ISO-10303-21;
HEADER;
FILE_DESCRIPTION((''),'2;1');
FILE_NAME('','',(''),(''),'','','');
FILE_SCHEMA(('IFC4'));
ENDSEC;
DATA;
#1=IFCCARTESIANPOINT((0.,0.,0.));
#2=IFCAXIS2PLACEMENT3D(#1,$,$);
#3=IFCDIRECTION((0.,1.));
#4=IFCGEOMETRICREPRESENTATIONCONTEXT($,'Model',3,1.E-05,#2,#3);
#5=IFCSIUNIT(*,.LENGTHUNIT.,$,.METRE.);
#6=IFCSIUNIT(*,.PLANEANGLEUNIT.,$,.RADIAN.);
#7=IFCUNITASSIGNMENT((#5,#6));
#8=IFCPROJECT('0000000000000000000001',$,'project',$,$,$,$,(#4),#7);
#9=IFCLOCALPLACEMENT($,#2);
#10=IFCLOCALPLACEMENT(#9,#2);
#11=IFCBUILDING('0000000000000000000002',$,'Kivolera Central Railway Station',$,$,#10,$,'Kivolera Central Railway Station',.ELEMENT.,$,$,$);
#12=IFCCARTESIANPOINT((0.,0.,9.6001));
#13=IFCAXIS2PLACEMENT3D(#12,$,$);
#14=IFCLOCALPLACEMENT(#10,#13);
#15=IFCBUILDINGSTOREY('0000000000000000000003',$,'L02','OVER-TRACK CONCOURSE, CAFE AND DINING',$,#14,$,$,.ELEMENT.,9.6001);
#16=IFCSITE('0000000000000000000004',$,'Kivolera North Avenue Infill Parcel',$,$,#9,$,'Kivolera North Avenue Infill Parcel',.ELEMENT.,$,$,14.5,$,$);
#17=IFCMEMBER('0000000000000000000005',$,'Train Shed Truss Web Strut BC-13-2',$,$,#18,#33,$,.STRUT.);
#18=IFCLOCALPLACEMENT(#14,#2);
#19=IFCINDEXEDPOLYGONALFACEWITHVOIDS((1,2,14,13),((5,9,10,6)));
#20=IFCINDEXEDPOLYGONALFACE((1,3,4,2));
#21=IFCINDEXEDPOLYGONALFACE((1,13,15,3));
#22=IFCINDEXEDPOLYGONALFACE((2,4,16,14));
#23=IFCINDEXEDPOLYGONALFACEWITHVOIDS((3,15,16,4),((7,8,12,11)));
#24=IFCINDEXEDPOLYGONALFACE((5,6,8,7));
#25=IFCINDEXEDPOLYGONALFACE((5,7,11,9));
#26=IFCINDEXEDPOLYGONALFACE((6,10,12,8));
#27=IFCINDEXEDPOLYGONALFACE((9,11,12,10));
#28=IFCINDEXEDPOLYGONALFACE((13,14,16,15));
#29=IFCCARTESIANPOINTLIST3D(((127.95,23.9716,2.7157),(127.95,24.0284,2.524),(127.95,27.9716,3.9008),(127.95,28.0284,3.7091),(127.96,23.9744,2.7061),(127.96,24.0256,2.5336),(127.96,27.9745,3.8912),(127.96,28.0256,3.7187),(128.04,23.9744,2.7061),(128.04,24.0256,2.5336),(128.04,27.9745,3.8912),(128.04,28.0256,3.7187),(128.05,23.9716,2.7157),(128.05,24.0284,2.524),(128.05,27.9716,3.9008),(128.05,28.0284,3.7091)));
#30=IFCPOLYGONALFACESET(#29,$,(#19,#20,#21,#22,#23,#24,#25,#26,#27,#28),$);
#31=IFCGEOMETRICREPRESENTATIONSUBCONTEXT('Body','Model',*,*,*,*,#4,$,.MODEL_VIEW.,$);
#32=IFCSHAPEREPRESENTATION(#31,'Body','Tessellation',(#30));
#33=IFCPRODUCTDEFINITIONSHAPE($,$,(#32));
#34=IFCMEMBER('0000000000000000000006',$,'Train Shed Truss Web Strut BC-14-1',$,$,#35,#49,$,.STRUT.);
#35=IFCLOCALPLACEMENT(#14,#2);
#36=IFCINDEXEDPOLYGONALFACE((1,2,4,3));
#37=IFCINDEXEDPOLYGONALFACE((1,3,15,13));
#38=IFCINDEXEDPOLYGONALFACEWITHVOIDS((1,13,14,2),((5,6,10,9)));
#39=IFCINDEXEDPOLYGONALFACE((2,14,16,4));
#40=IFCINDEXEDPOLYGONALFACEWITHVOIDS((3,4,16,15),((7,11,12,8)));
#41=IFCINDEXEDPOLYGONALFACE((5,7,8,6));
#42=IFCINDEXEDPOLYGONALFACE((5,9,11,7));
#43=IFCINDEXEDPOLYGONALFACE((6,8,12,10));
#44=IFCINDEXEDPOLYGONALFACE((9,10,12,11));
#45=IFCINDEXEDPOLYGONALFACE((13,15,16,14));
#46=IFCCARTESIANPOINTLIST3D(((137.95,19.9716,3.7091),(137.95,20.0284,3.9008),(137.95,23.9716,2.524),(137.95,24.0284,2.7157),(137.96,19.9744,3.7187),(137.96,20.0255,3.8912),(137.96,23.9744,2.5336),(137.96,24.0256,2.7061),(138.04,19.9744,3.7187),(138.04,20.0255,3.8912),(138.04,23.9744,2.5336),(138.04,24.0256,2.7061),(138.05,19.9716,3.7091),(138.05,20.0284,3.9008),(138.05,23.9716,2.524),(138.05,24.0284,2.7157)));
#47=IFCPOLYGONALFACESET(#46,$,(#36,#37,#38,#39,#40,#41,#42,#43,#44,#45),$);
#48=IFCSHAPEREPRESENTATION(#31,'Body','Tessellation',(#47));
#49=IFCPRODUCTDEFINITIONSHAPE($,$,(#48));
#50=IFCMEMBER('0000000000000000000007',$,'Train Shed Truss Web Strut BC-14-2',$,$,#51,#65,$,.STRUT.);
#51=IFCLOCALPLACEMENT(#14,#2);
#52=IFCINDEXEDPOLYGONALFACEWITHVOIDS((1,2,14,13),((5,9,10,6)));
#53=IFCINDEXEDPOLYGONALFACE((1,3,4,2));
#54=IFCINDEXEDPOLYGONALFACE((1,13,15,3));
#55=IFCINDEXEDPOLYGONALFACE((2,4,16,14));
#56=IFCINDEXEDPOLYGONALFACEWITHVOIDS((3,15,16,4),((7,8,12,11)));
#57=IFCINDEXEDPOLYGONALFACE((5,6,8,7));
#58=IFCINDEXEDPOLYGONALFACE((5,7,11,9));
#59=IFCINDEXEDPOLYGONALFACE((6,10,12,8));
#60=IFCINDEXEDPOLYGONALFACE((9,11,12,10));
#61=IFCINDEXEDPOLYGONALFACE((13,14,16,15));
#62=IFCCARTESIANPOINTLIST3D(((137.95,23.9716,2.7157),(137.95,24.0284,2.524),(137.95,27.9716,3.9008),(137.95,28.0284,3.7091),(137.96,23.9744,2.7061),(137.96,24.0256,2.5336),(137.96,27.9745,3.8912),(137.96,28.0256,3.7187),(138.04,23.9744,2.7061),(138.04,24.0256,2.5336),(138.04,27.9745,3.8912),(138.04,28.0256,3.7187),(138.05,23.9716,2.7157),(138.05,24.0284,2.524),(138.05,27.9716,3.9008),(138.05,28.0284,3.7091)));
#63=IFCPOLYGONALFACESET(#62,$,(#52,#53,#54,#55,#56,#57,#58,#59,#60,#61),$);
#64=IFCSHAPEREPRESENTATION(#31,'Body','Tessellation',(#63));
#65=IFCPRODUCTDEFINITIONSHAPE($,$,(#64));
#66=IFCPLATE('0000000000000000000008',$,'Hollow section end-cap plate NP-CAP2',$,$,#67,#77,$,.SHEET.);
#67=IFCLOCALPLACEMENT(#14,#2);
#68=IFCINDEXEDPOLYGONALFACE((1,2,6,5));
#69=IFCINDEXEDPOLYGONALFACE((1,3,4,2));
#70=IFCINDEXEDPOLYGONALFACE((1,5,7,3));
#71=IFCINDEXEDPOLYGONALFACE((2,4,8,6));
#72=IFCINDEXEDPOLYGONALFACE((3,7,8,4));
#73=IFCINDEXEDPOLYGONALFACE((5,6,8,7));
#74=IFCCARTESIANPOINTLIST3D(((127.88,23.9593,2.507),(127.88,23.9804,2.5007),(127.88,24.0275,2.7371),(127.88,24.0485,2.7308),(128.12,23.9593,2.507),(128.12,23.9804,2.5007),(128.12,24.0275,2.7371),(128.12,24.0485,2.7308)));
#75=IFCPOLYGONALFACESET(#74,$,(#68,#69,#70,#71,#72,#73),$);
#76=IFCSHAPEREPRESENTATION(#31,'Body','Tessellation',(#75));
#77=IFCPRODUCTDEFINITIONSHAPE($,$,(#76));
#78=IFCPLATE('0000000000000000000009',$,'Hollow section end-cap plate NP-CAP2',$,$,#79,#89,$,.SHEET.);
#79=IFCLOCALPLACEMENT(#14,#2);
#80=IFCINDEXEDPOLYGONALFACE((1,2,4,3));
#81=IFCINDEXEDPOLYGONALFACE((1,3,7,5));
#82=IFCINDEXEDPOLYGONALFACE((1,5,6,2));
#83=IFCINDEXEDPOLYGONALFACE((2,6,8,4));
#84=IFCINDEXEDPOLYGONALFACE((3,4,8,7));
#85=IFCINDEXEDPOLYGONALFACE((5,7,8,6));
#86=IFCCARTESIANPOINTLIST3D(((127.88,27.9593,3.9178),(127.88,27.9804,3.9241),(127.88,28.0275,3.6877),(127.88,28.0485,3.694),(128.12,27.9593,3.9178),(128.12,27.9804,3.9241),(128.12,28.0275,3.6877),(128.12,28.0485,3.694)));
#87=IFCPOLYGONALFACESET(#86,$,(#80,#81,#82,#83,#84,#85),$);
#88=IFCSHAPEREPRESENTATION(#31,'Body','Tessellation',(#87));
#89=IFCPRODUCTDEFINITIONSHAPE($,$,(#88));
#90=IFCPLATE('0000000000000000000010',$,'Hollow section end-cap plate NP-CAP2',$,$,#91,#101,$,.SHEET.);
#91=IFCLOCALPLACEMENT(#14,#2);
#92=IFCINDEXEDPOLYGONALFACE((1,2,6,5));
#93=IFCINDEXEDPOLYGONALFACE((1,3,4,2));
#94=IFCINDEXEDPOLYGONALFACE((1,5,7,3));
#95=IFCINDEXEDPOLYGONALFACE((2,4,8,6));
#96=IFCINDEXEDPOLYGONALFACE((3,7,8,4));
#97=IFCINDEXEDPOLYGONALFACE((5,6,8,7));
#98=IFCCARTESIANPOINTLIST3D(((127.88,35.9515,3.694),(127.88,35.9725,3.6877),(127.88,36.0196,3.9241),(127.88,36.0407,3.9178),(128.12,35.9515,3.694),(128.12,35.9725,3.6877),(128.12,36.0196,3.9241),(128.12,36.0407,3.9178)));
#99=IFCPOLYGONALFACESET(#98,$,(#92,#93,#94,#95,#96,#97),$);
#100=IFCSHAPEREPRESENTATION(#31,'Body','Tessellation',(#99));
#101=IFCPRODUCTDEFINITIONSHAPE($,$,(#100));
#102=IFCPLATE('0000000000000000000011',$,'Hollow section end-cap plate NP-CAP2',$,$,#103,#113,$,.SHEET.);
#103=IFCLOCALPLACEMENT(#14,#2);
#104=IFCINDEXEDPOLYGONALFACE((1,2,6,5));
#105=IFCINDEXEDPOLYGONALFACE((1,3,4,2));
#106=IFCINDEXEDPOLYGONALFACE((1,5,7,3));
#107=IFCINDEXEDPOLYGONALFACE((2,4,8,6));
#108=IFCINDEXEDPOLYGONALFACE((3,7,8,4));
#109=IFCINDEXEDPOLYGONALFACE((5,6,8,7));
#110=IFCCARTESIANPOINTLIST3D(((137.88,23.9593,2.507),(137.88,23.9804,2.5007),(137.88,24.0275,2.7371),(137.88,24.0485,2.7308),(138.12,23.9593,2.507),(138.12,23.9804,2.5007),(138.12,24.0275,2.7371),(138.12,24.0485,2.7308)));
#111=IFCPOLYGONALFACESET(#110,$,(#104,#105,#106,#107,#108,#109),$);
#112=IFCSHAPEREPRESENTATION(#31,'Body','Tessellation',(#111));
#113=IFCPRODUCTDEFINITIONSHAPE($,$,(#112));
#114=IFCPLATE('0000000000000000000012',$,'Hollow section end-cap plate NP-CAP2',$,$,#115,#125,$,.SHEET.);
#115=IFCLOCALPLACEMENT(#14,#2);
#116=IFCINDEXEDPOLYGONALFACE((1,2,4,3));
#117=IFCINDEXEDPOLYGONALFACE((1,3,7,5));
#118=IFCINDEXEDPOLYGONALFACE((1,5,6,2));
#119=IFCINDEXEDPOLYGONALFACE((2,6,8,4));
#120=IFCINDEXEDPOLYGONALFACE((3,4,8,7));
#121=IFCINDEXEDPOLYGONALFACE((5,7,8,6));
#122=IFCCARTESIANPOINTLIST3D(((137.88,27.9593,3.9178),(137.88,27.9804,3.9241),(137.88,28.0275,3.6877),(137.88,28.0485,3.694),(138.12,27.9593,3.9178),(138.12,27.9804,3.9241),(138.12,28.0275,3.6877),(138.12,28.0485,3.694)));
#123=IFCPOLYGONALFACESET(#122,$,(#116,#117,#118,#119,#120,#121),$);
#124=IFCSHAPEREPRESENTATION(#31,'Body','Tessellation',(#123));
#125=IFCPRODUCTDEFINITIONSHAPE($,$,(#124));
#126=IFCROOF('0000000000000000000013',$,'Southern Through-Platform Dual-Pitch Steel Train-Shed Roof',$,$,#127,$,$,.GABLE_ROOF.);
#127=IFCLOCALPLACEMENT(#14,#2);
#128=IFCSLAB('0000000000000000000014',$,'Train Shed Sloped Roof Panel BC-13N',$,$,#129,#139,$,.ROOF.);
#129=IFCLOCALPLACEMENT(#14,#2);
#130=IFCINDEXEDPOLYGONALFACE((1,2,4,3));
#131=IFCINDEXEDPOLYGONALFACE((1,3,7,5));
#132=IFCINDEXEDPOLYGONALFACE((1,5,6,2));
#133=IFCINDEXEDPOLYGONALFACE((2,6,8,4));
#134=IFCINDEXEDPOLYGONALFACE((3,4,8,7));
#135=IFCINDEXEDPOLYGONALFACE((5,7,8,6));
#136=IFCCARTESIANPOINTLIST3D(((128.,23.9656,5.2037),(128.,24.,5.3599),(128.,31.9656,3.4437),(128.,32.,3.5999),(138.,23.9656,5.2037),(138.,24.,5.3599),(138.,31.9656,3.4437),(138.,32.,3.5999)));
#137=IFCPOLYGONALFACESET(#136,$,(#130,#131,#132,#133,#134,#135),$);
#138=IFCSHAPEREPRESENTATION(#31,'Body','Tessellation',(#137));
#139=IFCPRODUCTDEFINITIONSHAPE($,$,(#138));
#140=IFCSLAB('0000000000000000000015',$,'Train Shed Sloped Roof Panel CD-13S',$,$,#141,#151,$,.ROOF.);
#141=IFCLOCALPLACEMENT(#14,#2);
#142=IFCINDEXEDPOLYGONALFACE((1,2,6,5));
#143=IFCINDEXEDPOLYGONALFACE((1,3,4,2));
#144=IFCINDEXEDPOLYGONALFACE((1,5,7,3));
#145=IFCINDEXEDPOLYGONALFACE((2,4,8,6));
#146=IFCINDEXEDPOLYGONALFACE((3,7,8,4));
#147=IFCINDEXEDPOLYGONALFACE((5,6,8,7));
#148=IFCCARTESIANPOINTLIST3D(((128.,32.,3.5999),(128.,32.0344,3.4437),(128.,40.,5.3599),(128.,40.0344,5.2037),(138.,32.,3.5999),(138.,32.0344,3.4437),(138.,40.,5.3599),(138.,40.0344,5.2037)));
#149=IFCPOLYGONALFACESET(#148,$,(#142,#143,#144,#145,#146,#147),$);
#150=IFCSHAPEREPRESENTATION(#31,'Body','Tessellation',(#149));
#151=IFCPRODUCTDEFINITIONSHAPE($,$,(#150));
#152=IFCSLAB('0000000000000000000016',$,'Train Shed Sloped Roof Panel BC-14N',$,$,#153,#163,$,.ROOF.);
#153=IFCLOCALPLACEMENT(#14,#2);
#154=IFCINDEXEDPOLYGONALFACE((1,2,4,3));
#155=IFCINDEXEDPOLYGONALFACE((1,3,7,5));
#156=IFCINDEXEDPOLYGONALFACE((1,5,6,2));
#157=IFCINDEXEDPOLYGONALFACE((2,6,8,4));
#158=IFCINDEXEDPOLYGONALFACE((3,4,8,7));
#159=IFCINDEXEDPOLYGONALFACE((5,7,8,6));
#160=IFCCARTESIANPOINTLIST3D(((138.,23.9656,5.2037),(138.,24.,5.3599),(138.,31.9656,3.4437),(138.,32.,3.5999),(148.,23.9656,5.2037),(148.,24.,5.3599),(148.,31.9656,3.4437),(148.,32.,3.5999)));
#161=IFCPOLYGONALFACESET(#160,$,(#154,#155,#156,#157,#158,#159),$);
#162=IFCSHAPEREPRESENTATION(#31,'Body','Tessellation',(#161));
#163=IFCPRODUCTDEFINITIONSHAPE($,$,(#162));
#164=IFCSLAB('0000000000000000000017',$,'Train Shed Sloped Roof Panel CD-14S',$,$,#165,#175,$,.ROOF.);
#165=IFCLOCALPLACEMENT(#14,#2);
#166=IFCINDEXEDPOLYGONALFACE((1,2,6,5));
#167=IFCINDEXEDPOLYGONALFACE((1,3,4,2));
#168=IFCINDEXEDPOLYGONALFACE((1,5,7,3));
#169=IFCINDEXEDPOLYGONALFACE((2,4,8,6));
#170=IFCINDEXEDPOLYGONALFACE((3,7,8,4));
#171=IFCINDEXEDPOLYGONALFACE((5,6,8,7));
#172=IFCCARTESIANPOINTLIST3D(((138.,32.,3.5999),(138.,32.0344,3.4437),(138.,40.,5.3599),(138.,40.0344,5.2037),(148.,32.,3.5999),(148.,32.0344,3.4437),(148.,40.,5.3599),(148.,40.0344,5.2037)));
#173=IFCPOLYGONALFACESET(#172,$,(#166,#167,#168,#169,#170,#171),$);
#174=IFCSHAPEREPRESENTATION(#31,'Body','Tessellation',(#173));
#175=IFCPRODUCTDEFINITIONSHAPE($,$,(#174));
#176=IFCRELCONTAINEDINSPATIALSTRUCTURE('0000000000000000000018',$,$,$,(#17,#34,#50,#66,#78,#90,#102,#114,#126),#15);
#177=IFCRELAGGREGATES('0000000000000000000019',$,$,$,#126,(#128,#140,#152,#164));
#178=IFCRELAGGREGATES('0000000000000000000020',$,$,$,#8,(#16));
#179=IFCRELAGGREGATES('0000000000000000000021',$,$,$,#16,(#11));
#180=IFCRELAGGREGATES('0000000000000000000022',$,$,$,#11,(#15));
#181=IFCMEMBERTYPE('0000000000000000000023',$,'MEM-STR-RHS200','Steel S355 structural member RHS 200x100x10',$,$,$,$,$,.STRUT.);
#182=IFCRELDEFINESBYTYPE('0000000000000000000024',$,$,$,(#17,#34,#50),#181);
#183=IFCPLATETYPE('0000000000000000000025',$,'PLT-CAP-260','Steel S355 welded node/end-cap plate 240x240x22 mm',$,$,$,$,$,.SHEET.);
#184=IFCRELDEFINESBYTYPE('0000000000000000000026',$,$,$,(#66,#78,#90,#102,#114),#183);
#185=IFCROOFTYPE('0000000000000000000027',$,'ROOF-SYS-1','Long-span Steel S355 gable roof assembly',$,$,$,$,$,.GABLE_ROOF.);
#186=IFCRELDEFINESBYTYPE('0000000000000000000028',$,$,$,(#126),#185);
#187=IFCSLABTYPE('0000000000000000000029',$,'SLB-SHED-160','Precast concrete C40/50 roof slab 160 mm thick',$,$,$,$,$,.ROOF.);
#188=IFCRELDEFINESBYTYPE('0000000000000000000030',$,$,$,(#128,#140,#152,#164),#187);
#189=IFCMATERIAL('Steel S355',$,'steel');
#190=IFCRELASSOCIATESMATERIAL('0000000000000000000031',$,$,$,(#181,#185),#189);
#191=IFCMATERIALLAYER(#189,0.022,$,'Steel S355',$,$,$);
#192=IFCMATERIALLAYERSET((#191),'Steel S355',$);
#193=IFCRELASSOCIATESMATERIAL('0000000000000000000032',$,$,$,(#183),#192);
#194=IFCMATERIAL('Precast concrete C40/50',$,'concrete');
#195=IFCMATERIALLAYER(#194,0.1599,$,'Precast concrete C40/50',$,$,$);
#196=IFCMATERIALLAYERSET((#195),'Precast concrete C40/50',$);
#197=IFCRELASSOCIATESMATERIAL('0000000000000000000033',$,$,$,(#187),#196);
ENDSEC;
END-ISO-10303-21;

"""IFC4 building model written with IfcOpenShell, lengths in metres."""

from ifc_helpers import new_model, si_unit, direction, frame, origin, origin_2d, place, context, subcontext, project, spatial, polyline, rectangle, hollow_rectangle, outline, extrude, material, layer, layer_set, material_profile, profile_set, type_object, element, aggregate, save


model = new_model("IFC4")

# Units and contexts
model_context = context("Model", 3, precision=1e-05, world=origin(), true_north=direction((0.0, 1.0)))
body_context = subcontext(model_context, "Body", "Model", "MODEL_VIEW")
ifc_project = project(units=[si_unit("LENGTHUNIT", "METRE"), si_unit("PLANEANGLEUNIT", "RADIAN")], contexts=[model_context])

# Site, building, storey
site_placement = place(None, origin())
site = spatial("IfcSite", under=ifc_project, at=site_placement, Name="Kivolera North Avenue Infill Parcel", LongName="Kivolera North Avenue Infill Parcel", CompositionType="ELEMENT", RefElevation=14.5)
building_placement = place(site_placement, origin())
building = spatial("IfcBuilding", under=site, at=building_placement, Name="Kivolera Central Railway Station", LongName="Kivolera Central Railway Station", CompositionType="ELEMENT")
storey_placement = place(building_placement, frame((0.0, 0.0, 9.6001)))
storey = spatial("IfcBuildingStorey", under=building, at=storey_placement, Name="L02", Description="OVER-TRACK CONCOURSE, CAFE AND DINING", CompositionType="ELEMENT", Elevation=9.6001)

# Shared definitions
ifc_material_1 = material(Name="Steel S355", Category="steel")

# Members
ifc_material_profile_1 = material_profile(ifc_material_1, hollow_rectangle(XDim=0.1001, YDim=0.2, WallThickness=0.01, at=origin_2d()), Name="RHS 200x100x10")
ifc_profile_set_1 = profile_set([ifc_material_profile_1], Name="Steel S355")
member_type_1 = type_object("IfcMemberType", Name="MEM-STR-RHS200", Description="Steel S355 structural member RHS 200x100x10", PredefinedType="STRUT", material=ifc_profile_set_1)
for number, where, z_axis, x_axis, name in (
    (1, (128.0, 24.0, 2.6199), (0.0, 0.958806, 0.28406), (-1.0, 0.0, 0.0), "Train Shed Truss Web Strut BC-13-2"),
    (2, (138.0, 24.0, 2.6199), (0.0, -0.958806, 0.28406), (1.0, 0.0, 0.0), "Train Shed Truss Web Strut BC-14-1"),
    (3, (138.0, 24.0, 2.6199), (0.0, 0.958806, 0.28406), (-1.0, 0.0, 0.0), "Train Shed Truss Web Strut BC-14-2"),
):
    element("IfcMember", number, at=place(storey_placement, frame(where, z_axis=z_axis, x_axis=x_axis)), inside=storey, type_object=member_type_1, Name=name, PredefinedType="STRUT", context=body_context, shape_type="SweptSolid", body=[
        extrude(hollow_rectangle(XDim=0.1001, YDim=0.2, WallThickness=0.01, at=origin_2d()), origin(), (0.0, 0.0, 1.0), 4.1719),
    ])

# Plates
ifc_layer_1 = layer(ifc_material_1, 0.022, Name="Steel S355")
ifc_layer_set_1 = layer_set([ifc_layer_1], Name="Steel S355")
plate_type = type_object("IfcPlateType", Name="PLT-CAP-260", Description="Steel S355 welded node/end-cap plate 240x240x22 mm", PredefinedType="SHEET", material=ifc_layer_set_1)
for number, where, z_axis, x_axis, name in (
    (4, (128.0, 24.0039, 2.6189), (0.0, -0.95881, 0.284048), (1.0, 0.0, 0.0), "Hollow section end-cap plate NP-CAP2"),
    (5, (128.0, 28.0039, 3.8059), (0.0, 0.95881, 0.284048), (-1.0, 0.0, 0.0), "Hollow section end-cap plate NP-CAP2"),
    (6, (128.0, 35.9961, 3.8059), (0.0, -0.95881, 0.284048), (1.0, 0.0, 0.0), "Hollow section end-cap plate NP-CAP2"),
    (7, (138.0, 24.0039, 2.6189), (0.0, -0.95881, 0.284048), (1.0, 0.0, 0.0), "Hollow section end-cap plate NP-CAP2"),
    (8, (138.0, 28.0039, 3.8059), (0.0, 0.95881, 0.284048), (-1.0, 0.0, 0.0), "Hollow section end-cap plate NP-CAP2"),
):
    element("IfcPlate", number, at=place(storey_placement, frame(where, z_axis=z_axis, x_axis=x_axis)), inside=storey, type_object=plate_type, Name=name, PredefinedType="SHEET", context=body_context, shape_type="SweptSolid", body=[
        extrude(rectangle(XDim=0.24, YDim=0.24, at=origin_2d()), frame((0.0, 0.0, -0.011)), (0.0, 0.0, 1.0), 0.022),
    ])

# Roof, slabs
roof_type = type_object("IfcRoofType", Name="ROOF-SYS-1", Description="Long-span Steel S355 gable roof assembly", PredefinedType="GABLE_ROOF", material=ifc_material_1)
roof_placement = place(storey_placement, origin())
roof = element("IfcRoof", 9, at=roof_placement, inside=storey, type_object=roof_type, Name="Southern Through-Platform Dual-Pitch Steel Train-Shed Roof", PredefinedType="GABLE_ROOF")
ifc_material_2 = material(Name="Precast concrete C40/50", Category="concrete")
ifc_layer_2 = layer(ifc_material_2, 0.1599, Name="Precast concrete C40/50")
ifc_layer_set_2 = layer_set([ifc_layer_2], Name="Precast concrete C40/50")
slab_type = type_object("IfcSlabType", Name="SLB-SHED-160", Description="Precast concrete C40/50 roof slab 160 mm thick", PredefinedType="ROOF", material=ifc_layer_set_2)
slab_1_placement = place(storey_placement, frame((128.0, 24.0, 5.3599), z_axis=(0.0, 0.214863, 0.976644), x_axis=(1.0, 0.0, 0.0)))
slab_1 = element("IfcSlab", 10, at=slab_1_placement, type_object=slab_type, Name="Train Shed Sloped Roof Panel BC-13N", PredefinedType="ROOF", context=body_context, shape_type="SweptSolid", body=[
    extrude(outline(polyline([(0.0, 0.0), (10.0, 0.0), (10.0, 8.1913), (0.0, 8.1913), (0.0, 0.0)])), origin(), (0.0, 0.0, -1.0), 0.1599),
])
slab_2_placement = place(storey_placement, frame((128.0, 32.0, 3.5999), z_axis=(0.0, -0.214863, 0.976644), x_axis=(1.0, 0.0, 0.0)))
slab_2 = element("IfcSlab", 11, at=slab_2_placement, type_object=slab_type, Name="Train Shed Sloped Roof Panel CD-13S", PredefinedType="ROOF", context=body_context, shape_type="SweptSolid", body=[
    extrude(outline(polyline([(0.0, 0.0), (10.0, 0.0), (10.0, 8.1913), (0.0, 8.1913), (0.0, 0.0)])), origin(), (0.0, 0.0, -1.0), 0.1599),
])
slab_3_placement = place(storey_placement, frame((138.0, 24.0, 5.3599), z_axis=(0.0, 0.214863, 0.976644), x_axis=(1.0, 0.0, 0.0)))
slab_3 = element("IfcSlab", 12, at=slab_3_placement, type_object=slab_type, Name="Train Shed Sloped Roof Panel BC-14N", PredefinedType="ROOF", context=body_context, shape_type="SweptSolid", body=[
    extrude(outline(polyline([(0.0, 0.0), (10.0, 0.0), (10.0, 8.1913), (0.0, 8.1913), (0.0, 0.0)])), origin(), (0.0, 0.0, -1.0), 0.1599),
])
slab_4_placement = place(storey_placement, frame((138.0, 32.0, 3.5999), z_axis=(0.0, -0.214863, 0.976644), x_axis=(1.0, 0.0, 0.0)))
slab_4 = element("IfcSlab", 13, at=slab_4_placement, type_object=slab_type, Name="Train Shed Sloped Roof Panel CD-14S", PredefinedType="ROOF", context=body_context, shape_type="SweptSolid", body=[
    extrude(outline(polyline([(0.0, 0.0), (10.0, 0.0), (10.0, 8.1913), (0.0, 8.1913), (0.0, 0.0)])), origin(), (0.0, 0.0, -1.0), 0.1599),
])
aggregate(roof, [slab_1, slab_2, slab_3, slab_4])

save(model, "model.ifc")
